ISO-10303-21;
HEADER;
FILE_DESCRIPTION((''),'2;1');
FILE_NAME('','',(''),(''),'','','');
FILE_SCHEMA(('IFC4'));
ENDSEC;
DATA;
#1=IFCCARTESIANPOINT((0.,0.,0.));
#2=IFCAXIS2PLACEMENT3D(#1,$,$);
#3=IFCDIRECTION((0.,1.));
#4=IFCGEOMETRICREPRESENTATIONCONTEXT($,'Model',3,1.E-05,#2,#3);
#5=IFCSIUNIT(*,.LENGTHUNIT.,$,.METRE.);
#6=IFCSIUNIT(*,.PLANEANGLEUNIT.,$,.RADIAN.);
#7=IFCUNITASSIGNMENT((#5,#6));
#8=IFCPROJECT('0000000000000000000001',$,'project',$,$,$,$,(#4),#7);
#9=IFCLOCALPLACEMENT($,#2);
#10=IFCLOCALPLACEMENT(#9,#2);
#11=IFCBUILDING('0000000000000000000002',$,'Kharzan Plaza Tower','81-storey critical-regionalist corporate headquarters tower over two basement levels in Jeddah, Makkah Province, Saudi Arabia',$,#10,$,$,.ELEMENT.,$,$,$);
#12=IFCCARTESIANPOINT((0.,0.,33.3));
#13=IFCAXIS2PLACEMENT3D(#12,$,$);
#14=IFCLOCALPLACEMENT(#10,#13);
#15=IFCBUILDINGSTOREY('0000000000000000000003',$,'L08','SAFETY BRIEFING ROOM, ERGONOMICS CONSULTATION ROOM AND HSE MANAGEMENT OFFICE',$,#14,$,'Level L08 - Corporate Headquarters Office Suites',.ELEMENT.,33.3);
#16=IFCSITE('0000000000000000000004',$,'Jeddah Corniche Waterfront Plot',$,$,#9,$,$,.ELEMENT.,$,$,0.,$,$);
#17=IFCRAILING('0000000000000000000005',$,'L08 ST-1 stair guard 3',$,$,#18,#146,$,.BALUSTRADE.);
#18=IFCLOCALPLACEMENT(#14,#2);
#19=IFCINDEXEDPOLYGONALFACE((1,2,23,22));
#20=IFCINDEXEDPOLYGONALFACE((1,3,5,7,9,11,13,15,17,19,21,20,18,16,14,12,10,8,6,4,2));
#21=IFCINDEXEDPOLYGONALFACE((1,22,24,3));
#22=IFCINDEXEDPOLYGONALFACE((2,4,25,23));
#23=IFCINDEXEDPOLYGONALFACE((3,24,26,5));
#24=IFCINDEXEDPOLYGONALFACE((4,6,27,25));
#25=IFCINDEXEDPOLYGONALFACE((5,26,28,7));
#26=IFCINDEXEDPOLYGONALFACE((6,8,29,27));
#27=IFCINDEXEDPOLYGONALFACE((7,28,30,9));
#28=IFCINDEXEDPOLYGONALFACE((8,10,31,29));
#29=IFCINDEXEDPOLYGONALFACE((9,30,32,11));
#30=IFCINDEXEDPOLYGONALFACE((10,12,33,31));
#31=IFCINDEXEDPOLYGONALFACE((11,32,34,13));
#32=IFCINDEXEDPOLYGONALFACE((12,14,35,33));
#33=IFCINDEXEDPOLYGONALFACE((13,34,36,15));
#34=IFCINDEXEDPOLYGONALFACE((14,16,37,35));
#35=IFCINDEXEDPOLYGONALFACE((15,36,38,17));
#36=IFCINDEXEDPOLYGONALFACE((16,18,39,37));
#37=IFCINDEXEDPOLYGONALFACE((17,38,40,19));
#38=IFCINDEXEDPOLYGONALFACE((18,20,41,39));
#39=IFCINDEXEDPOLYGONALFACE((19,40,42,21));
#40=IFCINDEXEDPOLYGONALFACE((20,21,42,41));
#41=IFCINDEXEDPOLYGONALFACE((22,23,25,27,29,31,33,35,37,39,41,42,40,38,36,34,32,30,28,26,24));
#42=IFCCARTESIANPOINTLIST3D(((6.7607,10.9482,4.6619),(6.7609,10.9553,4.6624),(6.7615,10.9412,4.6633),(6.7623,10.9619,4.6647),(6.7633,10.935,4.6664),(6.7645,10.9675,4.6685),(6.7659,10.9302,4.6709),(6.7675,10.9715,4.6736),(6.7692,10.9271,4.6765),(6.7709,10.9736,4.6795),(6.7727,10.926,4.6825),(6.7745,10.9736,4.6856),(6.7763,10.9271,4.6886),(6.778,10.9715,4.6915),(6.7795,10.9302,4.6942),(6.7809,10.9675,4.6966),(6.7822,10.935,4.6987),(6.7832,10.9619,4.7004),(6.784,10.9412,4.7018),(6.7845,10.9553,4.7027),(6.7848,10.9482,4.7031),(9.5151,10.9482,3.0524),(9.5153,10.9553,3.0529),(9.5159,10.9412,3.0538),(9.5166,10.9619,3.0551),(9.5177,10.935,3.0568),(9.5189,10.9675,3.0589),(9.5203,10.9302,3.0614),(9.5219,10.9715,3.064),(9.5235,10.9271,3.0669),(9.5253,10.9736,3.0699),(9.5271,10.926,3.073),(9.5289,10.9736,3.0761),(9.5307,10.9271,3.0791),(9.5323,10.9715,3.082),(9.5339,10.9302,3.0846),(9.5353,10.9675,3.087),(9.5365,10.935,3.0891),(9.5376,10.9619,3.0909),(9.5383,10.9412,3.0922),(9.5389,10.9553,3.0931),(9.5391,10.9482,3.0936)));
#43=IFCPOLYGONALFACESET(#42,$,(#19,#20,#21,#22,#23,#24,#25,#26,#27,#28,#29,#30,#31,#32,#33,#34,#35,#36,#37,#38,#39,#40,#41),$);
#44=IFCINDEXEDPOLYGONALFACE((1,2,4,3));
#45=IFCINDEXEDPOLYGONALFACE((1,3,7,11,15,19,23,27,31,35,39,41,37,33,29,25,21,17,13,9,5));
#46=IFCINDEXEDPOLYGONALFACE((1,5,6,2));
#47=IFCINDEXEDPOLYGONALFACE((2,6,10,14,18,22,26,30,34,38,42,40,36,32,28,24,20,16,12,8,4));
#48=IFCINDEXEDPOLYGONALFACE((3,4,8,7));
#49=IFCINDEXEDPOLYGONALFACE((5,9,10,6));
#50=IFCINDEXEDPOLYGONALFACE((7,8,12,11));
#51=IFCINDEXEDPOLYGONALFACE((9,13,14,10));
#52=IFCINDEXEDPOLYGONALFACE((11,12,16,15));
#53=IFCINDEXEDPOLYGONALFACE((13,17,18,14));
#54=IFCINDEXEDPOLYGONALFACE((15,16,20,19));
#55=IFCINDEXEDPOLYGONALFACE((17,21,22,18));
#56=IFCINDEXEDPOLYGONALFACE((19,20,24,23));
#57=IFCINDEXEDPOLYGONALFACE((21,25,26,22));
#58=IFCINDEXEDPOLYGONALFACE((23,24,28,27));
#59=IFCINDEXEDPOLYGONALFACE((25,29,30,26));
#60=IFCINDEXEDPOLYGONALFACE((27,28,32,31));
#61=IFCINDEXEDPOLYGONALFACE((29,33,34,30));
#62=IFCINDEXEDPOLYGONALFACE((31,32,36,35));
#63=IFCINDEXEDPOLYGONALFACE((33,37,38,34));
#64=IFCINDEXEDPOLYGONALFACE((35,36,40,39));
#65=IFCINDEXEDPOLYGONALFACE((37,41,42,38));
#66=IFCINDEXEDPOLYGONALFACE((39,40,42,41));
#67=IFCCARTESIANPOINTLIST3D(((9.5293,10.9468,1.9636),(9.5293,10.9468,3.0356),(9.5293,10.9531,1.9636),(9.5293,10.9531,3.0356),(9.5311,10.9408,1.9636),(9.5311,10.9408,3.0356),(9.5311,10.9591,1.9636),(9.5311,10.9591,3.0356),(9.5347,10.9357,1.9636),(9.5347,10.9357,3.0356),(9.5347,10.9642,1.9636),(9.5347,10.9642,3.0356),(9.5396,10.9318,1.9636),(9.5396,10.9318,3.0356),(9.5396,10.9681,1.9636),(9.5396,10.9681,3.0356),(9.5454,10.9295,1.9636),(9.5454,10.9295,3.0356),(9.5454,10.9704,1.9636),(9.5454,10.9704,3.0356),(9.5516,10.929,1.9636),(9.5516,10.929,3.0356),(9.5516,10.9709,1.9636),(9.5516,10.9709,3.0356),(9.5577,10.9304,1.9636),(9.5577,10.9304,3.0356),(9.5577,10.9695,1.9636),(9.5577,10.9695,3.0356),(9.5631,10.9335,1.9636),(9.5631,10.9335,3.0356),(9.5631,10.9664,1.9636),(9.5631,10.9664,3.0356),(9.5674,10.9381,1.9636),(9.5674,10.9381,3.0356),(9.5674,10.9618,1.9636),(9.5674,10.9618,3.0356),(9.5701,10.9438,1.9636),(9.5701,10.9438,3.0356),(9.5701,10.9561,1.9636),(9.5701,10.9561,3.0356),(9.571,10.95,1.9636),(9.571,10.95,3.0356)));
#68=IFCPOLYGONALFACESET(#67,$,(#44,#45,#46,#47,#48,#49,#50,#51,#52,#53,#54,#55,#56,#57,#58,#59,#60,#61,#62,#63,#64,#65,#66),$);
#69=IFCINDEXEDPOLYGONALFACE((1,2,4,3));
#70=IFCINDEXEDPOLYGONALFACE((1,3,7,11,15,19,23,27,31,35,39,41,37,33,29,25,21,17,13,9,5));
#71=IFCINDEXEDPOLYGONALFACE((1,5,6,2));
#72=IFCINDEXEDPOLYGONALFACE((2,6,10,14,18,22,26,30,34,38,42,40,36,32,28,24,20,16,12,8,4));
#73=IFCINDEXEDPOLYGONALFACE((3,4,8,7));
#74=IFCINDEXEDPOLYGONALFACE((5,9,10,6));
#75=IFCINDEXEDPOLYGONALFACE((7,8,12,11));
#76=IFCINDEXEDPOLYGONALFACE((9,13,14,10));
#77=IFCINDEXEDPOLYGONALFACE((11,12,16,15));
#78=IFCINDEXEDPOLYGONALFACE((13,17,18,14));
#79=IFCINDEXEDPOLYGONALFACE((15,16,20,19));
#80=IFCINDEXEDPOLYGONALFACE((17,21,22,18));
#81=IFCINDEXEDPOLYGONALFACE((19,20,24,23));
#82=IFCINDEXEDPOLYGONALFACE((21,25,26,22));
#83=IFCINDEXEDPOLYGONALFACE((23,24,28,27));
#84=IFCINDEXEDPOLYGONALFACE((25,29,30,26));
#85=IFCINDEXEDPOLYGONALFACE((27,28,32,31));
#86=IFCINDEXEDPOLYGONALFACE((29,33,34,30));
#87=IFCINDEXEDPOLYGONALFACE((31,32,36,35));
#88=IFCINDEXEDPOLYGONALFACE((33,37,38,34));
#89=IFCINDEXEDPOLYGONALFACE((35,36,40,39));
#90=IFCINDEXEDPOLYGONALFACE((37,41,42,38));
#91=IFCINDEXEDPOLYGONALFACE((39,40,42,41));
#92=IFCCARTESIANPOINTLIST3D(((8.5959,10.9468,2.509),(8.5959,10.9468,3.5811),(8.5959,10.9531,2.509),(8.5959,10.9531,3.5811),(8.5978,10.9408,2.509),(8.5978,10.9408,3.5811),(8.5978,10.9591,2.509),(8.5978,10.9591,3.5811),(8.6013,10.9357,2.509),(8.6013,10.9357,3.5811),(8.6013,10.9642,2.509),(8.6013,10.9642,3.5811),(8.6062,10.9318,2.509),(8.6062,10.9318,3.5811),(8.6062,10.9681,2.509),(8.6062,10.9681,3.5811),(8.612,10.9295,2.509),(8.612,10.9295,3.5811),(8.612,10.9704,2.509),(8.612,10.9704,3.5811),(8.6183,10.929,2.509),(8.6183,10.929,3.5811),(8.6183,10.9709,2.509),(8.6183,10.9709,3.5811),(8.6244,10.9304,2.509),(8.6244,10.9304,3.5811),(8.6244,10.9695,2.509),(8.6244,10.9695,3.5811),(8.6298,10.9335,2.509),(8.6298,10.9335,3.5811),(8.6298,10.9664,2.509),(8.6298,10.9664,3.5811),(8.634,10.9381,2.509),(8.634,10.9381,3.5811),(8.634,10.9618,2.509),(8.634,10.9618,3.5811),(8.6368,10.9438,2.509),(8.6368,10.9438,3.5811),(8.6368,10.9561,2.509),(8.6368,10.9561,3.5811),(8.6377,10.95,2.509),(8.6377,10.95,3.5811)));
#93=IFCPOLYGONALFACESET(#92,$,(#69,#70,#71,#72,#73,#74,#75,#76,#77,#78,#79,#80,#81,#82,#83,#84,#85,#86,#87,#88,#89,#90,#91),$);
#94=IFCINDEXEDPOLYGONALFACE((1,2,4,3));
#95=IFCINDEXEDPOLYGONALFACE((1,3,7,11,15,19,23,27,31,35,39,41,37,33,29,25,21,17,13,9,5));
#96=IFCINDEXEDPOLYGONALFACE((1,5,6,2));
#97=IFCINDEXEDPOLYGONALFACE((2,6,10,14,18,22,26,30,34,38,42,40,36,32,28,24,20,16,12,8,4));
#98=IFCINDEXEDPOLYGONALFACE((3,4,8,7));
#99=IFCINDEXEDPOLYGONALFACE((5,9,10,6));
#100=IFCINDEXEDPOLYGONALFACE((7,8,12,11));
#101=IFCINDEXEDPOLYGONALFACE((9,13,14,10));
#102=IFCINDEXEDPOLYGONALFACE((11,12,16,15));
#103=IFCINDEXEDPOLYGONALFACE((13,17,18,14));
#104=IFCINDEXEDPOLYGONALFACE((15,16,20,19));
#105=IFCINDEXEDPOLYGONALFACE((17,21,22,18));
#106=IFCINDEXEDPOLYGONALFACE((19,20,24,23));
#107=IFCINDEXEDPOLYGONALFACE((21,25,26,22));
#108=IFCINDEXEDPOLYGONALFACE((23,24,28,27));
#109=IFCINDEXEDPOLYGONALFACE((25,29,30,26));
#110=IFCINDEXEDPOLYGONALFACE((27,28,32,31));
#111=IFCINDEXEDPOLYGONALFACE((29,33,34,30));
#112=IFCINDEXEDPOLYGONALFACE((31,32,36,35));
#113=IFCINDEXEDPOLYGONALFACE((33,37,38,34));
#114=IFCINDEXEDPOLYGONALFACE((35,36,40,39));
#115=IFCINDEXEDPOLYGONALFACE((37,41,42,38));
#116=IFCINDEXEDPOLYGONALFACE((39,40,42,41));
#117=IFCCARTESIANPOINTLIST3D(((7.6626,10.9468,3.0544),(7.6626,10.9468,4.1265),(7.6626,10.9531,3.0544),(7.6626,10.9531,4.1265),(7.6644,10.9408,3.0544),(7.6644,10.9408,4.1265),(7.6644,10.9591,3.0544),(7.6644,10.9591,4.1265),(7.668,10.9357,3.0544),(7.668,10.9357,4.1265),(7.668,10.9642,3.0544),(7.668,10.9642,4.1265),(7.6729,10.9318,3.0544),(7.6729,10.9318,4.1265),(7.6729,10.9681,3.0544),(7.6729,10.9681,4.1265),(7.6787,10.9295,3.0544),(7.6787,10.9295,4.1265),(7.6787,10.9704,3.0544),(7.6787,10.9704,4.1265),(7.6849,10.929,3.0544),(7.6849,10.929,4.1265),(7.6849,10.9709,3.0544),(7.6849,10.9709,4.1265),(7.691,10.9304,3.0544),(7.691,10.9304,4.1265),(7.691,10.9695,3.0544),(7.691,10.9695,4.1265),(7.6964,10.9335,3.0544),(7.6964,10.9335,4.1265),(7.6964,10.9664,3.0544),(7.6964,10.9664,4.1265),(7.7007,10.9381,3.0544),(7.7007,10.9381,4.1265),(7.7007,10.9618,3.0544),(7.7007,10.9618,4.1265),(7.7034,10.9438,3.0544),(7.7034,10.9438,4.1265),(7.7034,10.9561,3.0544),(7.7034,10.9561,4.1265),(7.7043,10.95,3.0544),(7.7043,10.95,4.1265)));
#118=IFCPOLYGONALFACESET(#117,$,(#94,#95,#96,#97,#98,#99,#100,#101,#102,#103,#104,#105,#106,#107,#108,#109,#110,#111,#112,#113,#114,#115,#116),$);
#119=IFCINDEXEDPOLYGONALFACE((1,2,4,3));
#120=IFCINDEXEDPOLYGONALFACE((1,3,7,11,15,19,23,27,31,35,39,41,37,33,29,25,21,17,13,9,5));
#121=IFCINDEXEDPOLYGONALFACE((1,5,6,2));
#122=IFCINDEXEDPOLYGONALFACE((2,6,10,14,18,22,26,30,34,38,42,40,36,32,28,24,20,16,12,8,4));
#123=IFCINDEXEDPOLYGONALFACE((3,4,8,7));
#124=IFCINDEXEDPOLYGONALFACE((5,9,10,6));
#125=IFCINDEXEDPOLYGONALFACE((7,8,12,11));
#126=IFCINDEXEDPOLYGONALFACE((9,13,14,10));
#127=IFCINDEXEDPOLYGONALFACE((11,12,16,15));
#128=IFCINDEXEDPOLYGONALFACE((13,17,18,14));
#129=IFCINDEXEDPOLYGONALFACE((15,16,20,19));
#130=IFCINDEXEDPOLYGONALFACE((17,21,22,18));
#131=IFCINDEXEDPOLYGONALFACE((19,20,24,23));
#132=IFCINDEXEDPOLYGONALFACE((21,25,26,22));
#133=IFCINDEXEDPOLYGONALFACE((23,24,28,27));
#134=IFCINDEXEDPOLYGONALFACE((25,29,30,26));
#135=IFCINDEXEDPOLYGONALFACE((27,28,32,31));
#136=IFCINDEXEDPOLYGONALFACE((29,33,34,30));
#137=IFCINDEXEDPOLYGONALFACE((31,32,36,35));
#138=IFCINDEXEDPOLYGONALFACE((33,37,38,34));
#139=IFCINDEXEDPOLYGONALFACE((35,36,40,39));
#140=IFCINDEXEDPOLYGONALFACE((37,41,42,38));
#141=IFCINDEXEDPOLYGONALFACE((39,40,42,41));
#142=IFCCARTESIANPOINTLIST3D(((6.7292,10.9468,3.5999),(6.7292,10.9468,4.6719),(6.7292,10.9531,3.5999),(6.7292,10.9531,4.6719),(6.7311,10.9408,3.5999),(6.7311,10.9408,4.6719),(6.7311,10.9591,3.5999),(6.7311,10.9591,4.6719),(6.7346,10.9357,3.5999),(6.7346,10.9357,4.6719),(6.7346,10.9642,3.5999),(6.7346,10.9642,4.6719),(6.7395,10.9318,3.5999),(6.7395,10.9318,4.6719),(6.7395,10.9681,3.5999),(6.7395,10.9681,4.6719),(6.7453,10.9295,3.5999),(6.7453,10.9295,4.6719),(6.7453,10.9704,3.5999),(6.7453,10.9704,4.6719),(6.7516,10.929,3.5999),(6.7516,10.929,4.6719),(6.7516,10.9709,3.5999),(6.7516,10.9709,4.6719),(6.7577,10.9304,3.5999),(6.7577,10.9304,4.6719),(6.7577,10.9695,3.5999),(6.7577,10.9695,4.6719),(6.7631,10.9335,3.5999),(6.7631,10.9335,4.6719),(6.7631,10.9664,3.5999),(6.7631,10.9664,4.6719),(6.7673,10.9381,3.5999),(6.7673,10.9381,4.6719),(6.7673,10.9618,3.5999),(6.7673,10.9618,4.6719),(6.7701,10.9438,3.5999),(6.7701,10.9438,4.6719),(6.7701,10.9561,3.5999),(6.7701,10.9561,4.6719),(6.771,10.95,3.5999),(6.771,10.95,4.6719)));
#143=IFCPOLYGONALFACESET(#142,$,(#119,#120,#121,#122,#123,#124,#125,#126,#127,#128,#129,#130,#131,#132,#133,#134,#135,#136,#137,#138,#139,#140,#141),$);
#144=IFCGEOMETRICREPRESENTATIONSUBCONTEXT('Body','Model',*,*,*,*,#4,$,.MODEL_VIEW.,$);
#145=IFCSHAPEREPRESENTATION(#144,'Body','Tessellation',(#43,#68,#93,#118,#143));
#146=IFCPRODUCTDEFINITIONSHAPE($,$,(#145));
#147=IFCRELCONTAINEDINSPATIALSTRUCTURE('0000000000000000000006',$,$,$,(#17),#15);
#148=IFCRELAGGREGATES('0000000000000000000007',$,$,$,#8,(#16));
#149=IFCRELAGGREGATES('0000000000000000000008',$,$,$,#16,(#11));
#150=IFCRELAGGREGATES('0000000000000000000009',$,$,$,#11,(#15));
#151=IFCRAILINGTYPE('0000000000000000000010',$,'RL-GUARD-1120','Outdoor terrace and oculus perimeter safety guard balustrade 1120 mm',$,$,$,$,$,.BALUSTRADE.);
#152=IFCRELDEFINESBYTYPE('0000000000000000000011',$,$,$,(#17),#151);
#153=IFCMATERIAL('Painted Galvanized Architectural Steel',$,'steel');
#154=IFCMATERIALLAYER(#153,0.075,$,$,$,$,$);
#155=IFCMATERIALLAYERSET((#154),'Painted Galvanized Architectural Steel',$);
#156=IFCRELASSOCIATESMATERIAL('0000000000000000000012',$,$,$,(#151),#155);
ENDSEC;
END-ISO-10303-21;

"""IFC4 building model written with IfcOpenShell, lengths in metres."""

from ifc_helpers import new_model, si_unit, direction, frame, origin, origin_2d, place, context, subcontext, project, spatial, circle, extrude, source, transform, mapped, material, layer, layer_set, type_object, element, save


model = new_model("IFC4")

# Units and contexts
model_context = context("Model", 3, precision=1e-05, world=origin(), true_north=direction((0.0, 1.0)))
body_context = subcontext(model_context, "Body", "Model", "MODEL_VIEW")
ifc_project = project(units=[si_unit("LENGTHUNIT", "METRE"), si_unit("PLANEANGLEUNIT", "RADIAN")], contexts=[model_context])

# Site, building, storey
site_placement = place(None, origin())
site = spatial("IfcSite", under=ifc_project, at=site_placement, Name="Jeddah Corniche Waterfront Plot", CompositionType="ELEMENT", RefElevation=0.0)
building_placement = place(site_placement, origin())
building = spatial("IfcBuilding", under=site, at=building_placement, Name="Kharzan Plaza Tower", Description="81-storey critical-regionalist corporate headquarters tower over two basement levels in Jeddah, Makkah Province, Saudi Arabia", CompositionType="ELEMENT")
storey_placement = place(building_placement, frame((0.0, 0.0, 33.3)))
storey = spatial("IfcBuildingStorey", under=building, at=storey_placement, Name="L08", Description="SAFETY BRIEFING ROOM, ERGONOMICS CONSULTATION ROOM AND HSE MANAGEMENT OFFICE", LongName="Level L08 - Corporate Headquarters Office Suites", CompositionType="ELEMENT", Elevation=33.3)

# Railing
ifc_material_1 = material(Name="Painted Galvanized Architectural Steel", Category="steel")
ifc_layer_1 = layer(ifc_material_1, 0.075)
ifc_layer_set_1 = layer_set([ifc_layer_1], Name="Painted Galvanized Architectural Steel")
railing_type_1 = type_object("IfcRailingType", Name="RL-GUARD-1120", Description="Outdoor terrace and oculus perimeter safety guard balustrade 1120 mm", PredefinedType="BALUSTRADE", material=ifc_layer_set_1)
shared_shape_1 = source(origin(), body_context, "Body", "SweptSolid", [
    extrude(circle(Radius=0.0239, at=origin_2d()), frame((-0.0229, 0.0, 1.1094), z_axis=(-0.863394, 0.0, 0.504531), x_axis=(0.0, -1.0, 0.0)), (0.0, 0.0, 1.0), 3.1902),
    extrude(circle(Radius=0.021, at=origin_2d()), origin(), (0.0, 0.0, 1.0), 1.072),
    extrude(circle(Radius=0.021, at=origin_2d()), frame((-0.9333, 0.0, 0.5454)), (0.0, 0.0, 1.0), 1.072),
    extrude(circle(Radius=0.021, at=origin_2d()), frame((-1.8667, 0.0, 1.0908)), (0.0, 0.0, 1.0), 1.072),
    extrude(circle(Radius=0.021, at=origin_2d()), frame((-2.8, 0.0, 1.6362)), (0.0, 0.0, 1.0), 1.072),
])
railing_1_placement = place(storey_placement, frame((9.55, 10.95, 1.9636)))
element("IfcRailing", 1, at=railing_1_placement, inside=storey, type_object=railing_type_1, Name="L08 ST-1 stair guard 3", PredefinedType="BALUSTRADE", context=body_context, shape_type="MappedRepresentation", body=[
    mapped(shared_shape_1, transform((0.0, 0.0, 0.0), x_axis=(1.0, 0.0, 0.0), y_axis=(0.0, 1.0, 0.0), z_axis=(0.0, 0.0, 1.0))),
])

save(model, "model.ifc")
